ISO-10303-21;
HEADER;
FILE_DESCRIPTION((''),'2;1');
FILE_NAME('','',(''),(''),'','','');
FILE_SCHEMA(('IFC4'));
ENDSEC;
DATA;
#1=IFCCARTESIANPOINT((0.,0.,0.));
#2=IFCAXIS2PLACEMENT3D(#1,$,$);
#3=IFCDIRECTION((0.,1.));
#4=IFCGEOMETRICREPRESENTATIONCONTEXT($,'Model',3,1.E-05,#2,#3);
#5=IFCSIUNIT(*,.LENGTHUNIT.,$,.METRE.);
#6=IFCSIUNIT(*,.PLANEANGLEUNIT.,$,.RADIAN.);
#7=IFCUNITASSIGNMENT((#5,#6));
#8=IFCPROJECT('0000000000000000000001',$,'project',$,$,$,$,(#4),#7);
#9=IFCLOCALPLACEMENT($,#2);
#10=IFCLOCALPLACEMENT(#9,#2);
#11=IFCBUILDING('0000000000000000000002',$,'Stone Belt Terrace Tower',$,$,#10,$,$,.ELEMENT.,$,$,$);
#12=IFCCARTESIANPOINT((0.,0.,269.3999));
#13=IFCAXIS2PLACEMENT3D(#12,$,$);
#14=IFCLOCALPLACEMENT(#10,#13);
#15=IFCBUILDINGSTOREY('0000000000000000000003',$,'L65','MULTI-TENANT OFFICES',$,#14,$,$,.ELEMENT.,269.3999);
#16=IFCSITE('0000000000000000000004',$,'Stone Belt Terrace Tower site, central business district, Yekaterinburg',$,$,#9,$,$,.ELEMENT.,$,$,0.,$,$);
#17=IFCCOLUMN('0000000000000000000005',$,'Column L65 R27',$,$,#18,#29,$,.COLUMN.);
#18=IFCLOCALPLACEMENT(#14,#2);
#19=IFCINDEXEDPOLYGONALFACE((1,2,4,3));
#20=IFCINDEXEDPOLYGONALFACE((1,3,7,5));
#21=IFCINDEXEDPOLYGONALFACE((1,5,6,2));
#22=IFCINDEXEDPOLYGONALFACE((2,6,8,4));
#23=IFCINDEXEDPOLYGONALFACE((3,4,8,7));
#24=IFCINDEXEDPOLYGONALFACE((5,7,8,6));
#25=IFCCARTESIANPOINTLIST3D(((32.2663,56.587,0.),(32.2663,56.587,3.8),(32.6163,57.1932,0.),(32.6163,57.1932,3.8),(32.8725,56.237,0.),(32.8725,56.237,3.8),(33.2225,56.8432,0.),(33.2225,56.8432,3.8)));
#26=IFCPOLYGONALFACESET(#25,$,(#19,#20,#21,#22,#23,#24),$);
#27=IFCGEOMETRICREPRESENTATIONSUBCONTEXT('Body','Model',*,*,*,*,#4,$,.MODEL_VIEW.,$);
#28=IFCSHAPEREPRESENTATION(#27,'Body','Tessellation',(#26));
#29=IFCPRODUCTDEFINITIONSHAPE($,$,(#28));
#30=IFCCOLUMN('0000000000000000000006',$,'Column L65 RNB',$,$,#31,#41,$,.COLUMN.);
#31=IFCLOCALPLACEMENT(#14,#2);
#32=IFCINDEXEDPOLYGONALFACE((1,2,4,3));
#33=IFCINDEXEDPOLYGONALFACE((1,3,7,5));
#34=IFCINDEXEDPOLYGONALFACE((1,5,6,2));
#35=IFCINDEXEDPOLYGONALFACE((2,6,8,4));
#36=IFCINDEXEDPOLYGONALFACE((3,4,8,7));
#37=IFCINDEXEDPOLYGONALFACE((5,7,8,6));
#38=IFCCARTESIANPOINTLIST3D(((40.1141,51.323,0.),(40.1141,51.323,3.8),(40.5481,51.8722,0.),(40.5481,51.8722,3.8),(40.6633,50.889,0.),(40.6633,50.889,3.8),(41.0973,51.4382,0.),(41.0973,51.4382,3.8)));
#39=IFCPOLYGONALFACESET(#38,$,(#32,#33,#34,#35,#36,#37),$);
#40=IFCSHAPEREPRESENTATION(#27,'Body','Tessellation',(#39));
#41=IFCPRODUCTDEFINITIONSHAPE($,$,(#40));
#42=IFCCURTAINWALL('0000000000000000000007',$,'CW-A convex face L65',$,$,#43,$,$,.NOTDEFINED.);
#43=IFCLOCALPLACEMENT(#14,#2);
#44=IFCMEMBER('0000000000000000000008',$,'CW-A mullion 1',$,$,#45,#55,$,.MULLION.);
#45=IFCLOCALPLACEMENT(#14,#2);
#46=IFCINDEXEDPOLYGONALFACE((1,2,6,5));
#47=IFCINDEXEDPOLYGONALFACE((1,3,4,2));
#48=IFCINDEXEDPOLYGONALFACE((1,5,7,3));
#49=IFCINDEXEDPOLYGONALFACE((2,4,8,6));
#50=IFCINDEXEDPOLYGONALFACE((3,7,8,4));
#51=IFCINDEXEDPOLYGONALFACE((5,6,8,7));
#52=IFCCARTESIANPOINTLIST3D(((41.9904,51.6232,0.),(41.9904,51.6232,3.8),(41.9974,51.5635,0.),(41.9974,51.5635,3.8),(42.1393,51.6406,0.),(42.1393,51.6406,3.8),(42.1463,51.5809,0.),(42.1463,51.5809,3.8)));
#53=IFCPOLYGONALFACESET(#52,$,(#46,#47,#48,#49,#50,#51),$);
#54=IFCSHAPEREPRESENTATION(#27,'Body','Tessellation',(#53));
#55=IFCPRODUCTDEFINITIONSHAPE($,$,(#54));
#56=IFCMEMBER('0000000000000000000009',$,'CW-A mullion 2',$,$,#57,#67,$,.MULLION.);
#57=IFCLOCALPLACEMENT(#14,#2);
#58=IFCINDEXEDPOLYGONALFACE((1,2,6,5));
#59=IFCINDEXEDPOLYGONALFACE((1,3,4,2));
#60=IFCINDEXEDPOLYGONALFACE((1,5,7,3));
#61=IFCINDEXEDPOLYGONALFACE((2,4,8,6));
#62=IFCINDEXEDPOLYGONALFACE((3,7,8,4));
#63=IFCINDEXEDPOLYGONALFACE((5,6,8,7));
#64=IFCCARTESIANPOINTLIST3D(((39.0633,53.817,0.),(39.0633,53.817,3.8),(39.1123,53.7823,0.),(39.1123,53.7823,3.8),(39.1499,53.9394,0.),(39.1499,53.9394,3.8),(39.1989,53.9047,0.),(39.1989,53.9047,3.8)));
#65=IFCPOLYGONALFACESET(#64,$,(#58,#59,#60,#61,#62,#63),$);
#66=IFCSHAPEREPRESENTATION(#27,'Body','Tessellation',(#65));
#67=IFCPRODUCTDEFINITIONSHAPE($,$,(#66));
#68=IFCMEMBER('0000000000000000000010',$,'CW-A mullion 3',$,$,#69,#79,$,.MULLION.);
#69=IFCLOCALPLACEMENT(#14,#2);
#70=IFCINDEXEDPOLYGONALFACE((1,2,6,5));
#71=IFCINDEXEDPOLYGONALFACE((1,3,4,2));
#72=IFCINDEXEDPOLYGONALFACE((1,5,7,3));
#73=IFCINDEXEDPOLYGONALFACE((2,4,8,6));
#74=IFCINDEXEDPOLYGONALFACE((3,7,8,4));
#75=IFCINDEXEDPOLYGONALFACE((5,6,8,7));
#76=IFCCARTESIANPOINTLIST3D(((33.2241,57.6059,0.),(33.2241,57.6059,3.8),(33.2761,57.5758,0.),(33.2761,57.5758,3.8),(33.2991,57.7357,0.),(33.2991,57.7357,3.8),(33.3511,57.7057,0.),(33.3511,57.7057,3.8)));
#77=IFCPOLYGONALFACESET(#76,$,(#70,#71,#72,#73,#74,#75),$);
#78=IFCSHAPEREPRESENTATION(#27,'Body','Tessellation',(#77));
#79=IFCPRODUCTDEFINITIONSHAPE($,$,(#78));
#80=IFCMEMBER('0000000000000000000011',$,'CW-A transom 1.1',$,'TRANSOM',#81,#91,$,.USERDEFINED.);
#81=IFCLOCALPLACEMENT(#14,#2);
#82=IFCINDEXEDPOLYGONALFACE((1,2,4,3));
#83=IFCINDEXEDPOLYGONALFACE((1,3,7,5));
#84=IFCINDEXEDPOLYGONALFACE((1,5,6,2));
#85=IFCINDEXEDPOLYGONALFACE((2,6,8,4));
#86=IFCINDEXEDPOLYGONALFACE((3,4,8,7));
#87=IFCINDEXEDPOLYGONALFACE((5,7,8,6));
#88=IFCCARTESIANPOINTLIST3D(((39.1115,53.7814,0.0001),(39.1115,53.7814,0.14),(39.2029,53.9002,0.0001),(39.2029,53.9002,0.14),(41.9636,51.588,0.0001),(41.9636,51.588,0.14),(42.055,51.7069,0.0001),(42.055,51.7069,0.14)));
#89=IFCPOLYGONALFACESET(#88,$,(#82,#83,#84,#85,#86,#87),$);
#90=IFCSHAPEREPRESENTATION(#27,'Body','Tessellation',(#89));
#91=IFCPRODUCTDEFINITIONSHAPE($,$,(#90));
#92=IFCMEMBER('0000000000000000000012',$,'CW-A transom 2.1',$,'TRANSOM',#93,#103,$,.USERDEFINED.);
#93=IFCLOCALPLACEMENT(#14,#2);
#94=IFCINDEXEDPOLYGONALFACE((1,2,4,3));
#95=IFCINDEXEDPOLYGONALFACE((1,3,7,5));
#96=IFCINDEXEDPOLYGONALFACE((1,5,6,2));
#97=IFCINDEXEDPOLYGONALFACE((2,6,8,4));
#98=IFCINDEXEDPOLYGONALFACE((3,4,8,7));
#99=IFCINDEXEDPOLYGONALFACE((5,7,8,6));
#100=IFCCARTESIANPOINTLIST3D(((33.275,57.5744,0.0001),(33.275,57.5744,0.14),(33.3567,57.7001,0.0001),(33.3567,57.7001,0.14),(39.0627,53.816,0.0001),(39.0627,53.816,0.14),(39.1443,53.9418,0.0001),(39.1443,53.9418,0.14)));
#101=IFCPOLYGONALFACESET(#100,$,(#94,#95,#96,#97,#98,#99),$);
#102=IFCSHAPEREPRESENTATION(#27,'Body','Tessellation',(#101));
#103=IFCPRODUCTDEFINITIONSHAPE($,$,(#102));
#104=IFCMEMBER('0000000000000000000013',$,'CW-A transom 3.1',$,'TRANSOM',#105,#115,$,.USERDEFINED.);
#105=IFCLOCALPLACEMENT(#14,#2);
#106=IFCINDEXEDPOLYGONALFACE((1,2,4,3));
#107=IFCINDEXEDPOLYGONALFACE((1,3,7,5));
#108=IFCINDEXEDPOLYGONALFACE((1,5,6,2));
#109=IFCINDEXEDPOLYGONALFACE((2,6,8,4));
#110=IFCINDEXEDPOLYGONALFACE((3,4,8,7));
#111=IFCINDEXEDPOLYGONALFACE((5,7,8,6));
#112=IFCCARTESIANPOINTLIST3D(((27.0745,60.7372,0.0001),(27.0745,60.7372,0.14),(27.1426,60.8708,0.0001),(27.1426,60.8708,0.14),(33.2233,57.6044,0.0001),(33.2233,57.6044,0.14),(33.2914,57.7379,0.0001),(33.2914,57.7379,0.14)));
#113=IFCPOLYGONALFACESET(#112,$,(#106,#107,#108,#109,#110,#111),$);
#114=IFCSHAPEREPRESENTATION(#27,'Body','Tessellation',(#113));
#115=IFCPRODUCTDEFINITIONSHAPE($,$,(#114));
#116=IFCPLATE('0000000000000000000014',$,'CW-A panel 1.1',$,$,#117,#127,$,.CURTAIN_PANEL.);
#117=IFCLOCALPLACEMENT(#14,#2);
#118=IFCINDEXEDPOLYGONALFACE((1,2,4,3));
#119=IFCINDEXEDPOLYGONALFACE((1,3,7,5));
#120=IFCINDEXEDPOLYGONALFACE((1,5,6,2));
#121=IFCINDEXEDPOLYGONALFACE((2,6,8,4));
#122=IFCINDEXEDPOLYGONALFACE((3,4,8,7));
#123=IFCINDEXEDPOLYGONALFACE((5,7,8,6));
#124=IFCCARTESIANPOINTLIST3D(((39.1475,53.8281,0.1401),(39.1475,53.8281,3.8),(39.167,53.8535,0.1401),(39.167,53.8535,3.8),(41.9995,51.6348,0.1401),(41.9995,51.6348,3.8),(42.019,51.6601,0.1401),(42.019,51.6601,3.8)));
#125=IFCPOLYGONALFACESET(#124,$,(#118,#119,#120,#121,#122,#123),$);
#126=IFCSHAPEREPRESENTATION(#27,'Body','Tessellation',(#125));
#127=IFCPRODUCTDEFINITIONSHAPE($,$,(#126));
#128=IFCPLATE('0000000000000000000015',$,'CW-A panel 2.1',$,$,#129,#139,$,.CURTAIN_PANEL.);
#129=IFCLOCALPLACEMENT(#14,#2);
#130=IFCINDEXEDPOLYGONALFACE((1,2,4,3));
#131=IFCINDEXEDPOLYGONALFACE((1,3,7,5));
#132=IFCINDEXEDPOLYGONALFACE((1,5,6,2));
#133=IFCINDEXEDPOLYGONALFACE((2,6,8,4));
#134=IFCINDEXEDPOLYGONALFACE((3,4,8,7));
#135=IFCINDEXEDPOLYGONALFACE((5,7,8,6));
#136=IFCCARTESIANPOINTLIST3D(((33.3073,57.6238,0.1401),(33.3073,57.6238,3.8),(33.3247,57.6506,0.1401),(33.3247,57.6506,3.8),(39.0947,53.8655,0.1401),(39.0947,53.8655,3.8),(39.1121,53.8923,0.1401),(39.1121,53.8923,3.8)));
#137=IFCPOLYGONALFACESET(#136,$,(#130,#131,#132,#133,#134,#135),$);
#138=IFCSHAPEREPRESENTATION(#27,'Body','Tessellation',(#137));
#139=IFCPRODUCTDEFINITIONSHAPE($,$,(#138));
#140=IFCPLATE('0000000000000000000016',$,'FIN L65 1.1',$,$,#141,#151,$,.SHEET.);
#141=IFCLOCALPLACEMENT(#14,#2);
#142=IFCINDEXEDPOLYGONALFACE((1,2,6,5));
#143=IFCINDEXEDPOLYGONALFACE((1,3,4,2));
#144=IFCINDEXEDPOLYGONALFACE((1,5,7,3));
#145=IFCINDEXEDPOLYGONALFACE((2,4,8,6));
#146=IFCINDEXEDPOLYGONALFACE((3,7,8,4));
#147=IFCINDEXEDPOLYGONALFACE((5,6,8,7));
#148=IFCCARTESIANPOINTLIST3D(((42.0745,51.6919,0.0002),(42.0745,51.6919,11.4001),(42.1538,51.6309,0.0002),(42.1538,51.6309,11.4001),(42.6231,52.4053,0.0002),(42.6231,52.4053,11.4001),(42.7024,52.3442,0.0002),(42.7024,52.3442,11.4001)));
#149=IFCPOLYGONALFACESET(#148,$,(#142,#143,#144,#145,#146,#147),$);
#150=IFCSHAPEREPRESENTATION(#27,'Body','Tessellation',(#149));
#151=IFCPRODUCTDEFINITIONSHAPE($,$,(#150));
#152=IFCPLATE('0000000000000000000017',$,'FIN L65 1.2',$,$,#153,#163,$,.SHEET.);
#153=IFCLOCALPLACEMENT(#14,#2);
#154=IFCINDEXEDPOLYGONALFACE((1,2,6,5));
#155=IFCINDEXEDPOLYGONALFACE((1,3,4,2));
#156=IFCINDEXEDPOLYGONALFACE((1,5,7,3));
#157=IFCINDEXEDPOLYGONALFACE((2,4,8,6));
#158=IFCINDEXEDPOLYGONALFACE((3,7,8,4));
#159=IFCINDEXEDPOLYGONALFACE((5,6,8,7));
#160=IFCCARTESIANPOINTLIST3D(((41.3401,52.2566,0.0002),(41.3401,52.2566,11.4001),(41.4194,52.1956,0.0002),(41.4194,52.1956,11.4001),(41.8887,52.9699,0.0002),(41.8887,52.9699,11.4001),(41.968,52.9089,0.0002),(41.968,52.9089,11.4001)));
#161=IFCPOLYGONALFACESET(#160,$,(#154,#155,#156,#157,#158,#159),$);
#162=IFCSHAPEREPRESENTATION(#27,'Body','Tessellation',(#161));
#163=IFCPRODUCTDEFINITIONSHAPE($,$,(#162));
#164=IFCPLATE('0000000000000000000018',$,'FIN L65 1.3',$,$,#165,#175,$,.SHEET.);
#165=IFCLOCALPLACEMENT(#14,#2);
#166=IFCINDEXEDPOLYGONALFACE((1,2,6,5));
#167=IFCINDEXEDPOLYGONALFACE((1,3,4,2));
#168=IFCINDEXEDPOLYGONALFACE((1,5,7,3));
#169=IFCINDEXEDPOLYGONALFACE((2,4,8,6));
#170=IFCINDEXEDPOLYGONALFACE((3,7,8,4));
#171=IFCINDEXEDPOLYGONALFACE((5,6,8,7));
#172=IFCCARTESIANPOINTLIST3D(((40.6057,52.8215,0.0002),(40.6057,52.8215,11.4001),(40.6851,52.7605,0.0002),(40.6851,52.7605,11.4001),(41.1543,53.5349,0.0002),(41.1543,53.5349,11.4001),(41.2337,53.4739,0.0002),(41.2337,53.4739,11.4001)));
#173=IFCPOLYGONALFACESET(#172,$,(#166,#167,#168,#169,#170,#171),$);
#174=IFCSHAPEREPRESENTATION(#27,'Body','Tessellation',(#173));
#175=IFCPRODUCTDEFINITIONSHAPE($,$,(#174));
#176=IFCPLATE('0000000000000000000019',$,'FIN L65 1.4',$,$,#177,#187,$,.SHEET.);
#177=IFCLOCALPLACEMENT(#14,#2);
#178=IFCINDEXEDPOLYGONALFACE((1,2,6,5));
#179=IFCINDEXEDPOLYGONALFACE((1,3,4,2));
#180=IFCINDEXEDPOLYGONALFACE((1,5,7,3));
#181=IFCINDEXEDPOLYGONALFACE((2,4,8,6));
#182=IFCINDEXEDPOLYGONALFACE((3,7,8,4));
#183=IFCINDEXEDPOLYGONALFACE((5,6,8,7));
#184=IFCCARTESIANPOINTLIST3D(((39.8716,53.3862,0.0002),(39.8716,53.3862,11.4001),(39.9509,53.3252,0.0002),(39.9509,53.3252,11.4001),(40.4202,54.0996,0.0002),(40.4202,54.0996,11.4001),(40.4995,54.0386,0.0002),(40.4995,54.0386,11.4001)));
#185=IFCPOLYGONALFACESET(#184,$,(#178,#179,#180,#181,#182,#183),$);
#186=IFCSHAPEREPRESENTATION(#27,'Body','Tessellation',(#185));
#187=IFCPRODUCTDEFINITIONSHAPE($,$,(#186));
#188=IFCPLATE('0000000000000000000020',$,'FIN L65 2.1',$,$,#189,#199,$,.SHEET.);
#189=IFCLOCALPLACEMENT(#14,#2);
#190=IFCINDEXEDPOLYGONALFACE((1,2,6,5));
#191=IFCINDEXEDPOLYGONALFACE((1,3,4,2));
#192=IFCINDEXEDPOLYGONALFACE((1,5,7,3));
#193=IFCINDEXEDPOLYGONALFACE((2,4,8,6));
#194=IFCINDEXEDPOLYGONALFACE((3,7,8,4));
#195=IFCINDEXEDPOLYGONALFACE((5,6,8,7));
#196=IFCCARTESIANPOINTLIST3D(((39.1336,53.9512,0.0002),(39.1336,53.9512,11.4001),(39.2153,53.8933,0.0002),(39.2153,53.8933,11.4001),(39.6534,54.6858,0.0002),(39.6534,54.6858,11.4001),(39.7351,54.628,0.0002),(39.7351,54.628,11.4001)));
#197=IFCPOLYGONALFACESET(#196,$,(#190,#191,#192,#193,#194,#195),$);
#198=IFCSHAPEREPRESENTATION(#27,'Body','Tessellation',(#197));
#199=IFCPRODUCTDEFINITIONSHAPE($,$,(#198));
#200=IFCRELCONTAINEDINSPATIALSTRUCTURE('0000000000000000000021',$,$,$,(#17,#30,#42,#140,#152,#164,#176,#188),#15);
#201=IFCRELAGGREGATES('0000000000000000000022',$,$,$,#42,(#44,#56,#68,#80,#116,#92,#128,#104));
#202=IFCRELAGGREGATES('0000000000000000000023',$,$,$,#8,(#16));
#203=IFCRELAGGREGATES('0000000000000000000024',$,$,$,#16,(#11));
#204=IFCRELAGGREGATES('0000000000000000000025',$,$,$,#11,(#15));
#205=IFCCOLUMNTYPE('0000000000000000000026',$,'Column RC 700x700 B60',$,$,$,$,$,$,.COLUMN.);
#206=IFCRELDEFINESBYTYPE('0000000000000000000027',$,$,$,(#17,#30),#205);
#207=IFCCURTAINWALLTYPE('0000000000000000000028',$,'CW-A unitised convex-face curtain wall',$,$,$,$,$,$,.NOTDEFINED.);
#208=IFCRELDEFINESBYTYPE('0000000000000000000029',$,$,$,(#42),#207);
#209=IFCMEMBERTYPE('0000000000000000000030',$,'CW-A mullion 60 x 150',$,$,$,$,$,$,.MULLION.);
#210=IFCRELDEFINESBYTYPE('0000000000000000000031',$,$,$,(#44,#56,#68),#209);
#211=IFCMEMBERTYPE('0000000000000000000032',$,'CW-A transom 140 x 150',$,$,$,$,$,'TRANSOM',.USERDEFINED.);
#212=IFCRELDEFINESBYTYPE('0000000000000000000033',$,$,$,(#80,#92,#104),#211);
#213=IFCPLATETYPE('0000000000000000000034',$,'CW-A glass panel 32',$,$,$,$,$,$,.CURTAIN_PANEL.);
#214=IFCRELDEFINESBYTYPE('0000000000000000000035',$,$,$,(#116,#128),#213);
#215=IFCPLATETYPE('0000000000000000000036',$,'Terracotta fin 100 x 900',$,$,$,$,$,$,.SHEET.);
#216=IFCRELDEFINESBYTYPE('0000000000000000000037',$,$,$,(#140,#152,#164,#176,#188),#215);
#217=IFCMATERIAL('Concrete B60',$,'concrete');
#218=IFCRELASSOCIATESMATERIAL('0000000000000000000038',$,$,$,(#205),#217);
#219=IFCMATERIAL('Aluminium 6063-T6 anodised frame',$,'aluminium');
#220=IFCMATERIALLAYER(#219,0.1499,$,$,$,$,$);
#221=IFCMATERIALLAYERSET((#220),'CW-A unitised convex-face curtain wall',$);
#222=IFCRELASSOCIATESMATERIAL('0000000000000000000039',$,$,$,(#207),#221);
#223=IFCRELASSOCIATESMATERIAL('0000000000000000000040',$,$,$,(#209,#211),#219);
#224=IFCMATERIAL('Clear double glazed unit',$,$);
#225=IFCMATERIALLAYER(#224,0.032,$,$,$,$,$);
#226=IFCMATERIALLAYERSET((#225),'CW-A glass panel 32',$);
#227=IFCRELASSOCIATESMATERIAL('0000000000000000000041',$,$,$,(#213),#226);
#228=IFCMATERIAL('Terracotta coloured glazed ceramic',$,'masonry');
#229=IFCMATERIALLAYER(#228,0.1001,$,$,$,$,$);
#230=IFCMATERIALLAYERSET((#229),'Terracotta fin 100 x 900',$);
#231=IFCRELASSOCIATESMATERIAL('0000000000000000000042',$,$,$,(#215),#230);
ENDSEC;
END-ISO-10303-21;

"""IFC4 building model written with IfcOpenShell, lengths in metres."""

from ifc_helpers import new_model, si_unit, direction, frame, origin, origin_2d, place, context, subcontext, project, spatial, rectangle, extrude, material, layer, layer_set, material_profile, profile_set, type_object, element, aggregate, save


model = new_model("IFC4")

# Units and contexts
model_context = context("Model", 3, precision=1e-05, world=origin(), true_north=direction((0.0, 1.0)))
body_context = subcontext(model_context, "Body", "Model", "MODEL_VIEW")
ifc_project = project(units=[si_unit("LENGTHUNIT", "METRE"), si_unit("PLANEANGLEUNIT", "RADIAN")], contexts=[model_context])

# Site, building, storey
site_placement = place(None, origin())
site = spatial("IfcSite", under=ifc_project, at=site_placement, Name="Stone Belt Terrace Tower site, central business district, Yekaterinburg", CompositionType="ELEMENT", RefElevation=0.0)
building_placement = place(site_placement, origin())
building = spatial("IfcBuilding", under=site, at=building_placement, Name="Stone Belt Terrace Tower", CompositionType="ELEMENT")
storey_placement = place(building_placement, frame((0.0, 0.0, 269.3999)))
storey = spatial("IfcBuildingStorey", under=building, at=storey_placement, Name="L65", Description="MULTI-TENANT OFFICES", CompositionType="ELEMENT", Elevation=269.3999)

# Columns
ifc_material_1 = material(Name="Concrete B60", Category="concrete")
ifc_material_profile_1 = material_profile(ifc_material_1, rectangle(XDim=0.7, YDim=0.7, at=origin_2d()), Name="RC 700x700")
ifc_profile_set_1 = profile_set([ifc_material_profile_1], Name="Concrete B60")
column_type = type_object("IfcColumnType", Name="Column RC 700x700 B60", PredefinedType="COLUMN", material=ifc_profile_set_1)
for number, where, z_axis, x_axis, name in (
    (1, (32.7444, 56.7151, 0.0), (0.0, 0.0, 1.0), (0.866025, -0.5, 0.0), "Column L65 R27"),
    (2, (40.6057, 51.3806, 0.0), (0.0, 0.0, 1.0), (0.78457, -0.620041, 0.0), "Column L65 RNB"),
):
    element("IfcColumn", number, at=place(storey_placement, frame(where, z_axis=z_axis, x_axis=x_axis)), inside=storey, type_object=column_type, Name=name, PredefinedType="COLUMN", context=body_context, shape_type="SweptSolid", body=[
        extrude(rectangle(XDim=0.7, YDim=0.7, at=origin_2d()), origin(), (0.0, 0.0, 1.0), 3.8),
    ])

# Curtain wall, members, plates
ifc_material_2 = material(Name="Aluminium 6063-T6 anodised frame", Category="aluminium")
ifc_layer_1 = layer(ifc_material_2, 0.1499)
ifc_layer_set_1 = layer_set([ifc_layer_1], Name="CW-A unitised convex-face curtain wall")
curtain_wall_type = type_object("IfcCurtainWallType", Name="CW-A unitised convex-face curtain wall", PredefinedType="NOTDEFINED", material=ifc_layer_set_1)
curtain_wall_placement = place(storey_placement, origin())
curtain_wall = element("IfcCurtainWall", 3, at=curtain_wall_placement, inside=storey, type_object=curtain_wall_type, Name="CW-A convex face L65", PredefinedType="NOTDEFINED")
ifc_material_profile_2 = material_profile(ifc_material_2, rectangle(XDim=0.1499, YDim=0.0601, at=origin_2d()), Name="Aluminium 6063-T6 60x150")
ifc_profile_set_2 = profile_set([ifc_material_profile_2], Name="Aluminium 6063-T6 anodised frame")
member_type_1 = type_object("IfcMemberType", Name="CW-A mullion 60 x 150", PredefinedType="MULLION", material=ifc_profile_set_2)
member_1_placement = place(storey_placement, frame((42.0684, 51.6021, 0.0), z_axis=(0.0, 0.0, 1.0), x_axis=(-0.993258, -0.115925, 0.0)))
member_1 = element("IfcMember", 4, at=member_1_placement, type_object=member_type_1, Name="CW-A mullion 1", PredefinedType="MULLION", context=body_context, shape_type="SweptSolid", body=[
    extrude(rectangle(XDim=0.1499, YDim=0.0601, at=origin_2d()), origin(), (0.0, 0.0, 1.0), 3.8),
])
member_2_placement = place(storey_placement, frame((39.1311, 53.8608, 0.0), z_axis=(0.0, 0.0, 1.0), x_axis=(-0.577587, -0.816329, 0.0)))
member_2 = element("IfcMember", 5, at=member_2_placement, type_object=member_type_1, Name="CW-A mullion 2", PredefinedType="MULLION", context=body_context, shape_type="SweptSolid", body=[
    extrude(rectangle(XDim=0.1499, YDim=0.0601, at=origin_2d()), origin(), (0.0, 0.0, 1.0), 3.8),
])
member_3_placement = place(storey_placement, frame((33.2876, 57.6558, 0.0), z_axis=(0.0, 0.0, 1.0), x_axis=(-0.5, -0.866025, 0.0)))
member_3 = element("IfcMember", 6, at=member_3_placement, type_object=member_type_1, Name="CW-A mullion 3", PredefinedType="MULLION", context=body_context, shape_type="SweptSolid", body=[
    extrude(rectangle(XDim=0.1499, YDim=0.0601, at=origin_2d()), origin(), (0.0, 0.0, 1.0), 3.8),
])
ifc_material_profile_3 = material_profile(ifc_material_2, rectangle(XDim=0.1499, YDim=0.1399, at=origin_2d()), Name="Aluminium 6063-T6 150x140")
ifc_profile_set_3 = profile_set([ifc_material_profile_3], Name="Aluminium 6063-T6 anodised frame")
member_type_2 = type_object("IfcMemberType", Name="CW-A transom 140 x 150", ElementType="TRANSOM", PredefinedType="USERDEFINED", material=ifc_profile_set_3)
member_4_placement = place(storey_placement, frame((42.0093, 51.6475, 0.0701), z_axis=(-0.792695, 0.609619, 0.0), x_axis=(-0.609619, -0.792695, 0.0)))
member_4 = element("IfcMember", 7, at=member_4_placement, type_object=member_type_2, Name="CW-A transom 1.1", ObjectType="TRANSOM", PredefinedType="USERDEFINED", context=body_context, shape_type="SweptSolid", body=[
    extrude(rectangle(XDim=0.1499, YDim=0.1399, at=origin_2d()), origin(), (0.0, 0.0, 1.0), 3.5979),
])
member_5_placement = place(storey_placement, frame((39.1035, 53.8789, 0.0701), z_axis=(-0.838684, 0.544618, 0.0), x_axis=(-0.544618, -0.838684, 0.0)))
member_5 = element("IfcMember", 8, at=member_5_placement, type_object=member_type_2, Name="CW-A transom 2.1", ObjectType="TRANSOM", PredefinedType="USERDEFINED", context=body_context, shape_type="SweptSolid", body=[
    extrude(rectangle(XDim=0.1499, YDim=0.1399, at=origin_2d()), origin(), (0.0, 0.0, 1.0), 6.9009),
])
member_6_placement = place(storey_placement, frame((33.2573, 57.6711, 0.0701), z_axis=(-0.891012, 0.453979, 0.0), x_axis=(-0.453979, -0.891012, 0.0)))
member_6 = element("IfcMember", 9, at=member_6_placement, type_object=member_type_2, Name="CW-A transom 3.1", ObjectType="TRANSOM", PredefinedType="USERDEFINED", context=body_context, shape_type="SweptSolid", body=[
    extrude(rectangle(XDim=0.1499, YDim=0.1399, at=origin_2d()), origin(), (0.0, 0.0, 1.0), 6.9009),
])
ifc_material_3 = material(Name="Clear double glazed unit")
ifc_layer_2 = layer(ifc_material_3, 0.032)
ifc_layer_set_2 = layer_set([ifc_layer_2], Name="CW-A glass panel 32")
plate_type_1 = type_object("IfcPlateType", Name="CW-A glass panel 32", PredefinedType="CURTAIN_PANEL", material=ifc_layer_set_2)
plate_1_placement = place(storey_placement, frame((40.5833, 52.7441, 0.1401), z_axis=(0.0, 0.0, 1.0), x_axis=(-0.792694, 0.60962, 0.0)))
plate_1 = element("IfcPlate", 10, at=plate_1_placement, type_object=plate_type_1, Name="CW-A panel 1.1", PredefinedType="CURTAIN_PANEL", context=body_context, shape_type="SweptSolid", body=[
    extrude(rectangle(XDim=3.5979, YDim=0.032, at=origin_2d()), origin(), (0.0, 0.0, 1.0), 3.6599),
])
plate_2_placement = place(storey_placement, frame((36.2097, 55.7581, 0.1401), z_axis=(0.0, 0.0, 1.0), x_axis=(-0.838671, 0.544639, 0.0)))
plate_2 = element("IfcPlate", 11, at=plate_2_placement, type_object=plate_type_1, Name="CW-A panel 2.1", PredefinedType="CURTAIN_PANEL", context=body_context, shape_type="SweptSolid", body=[
    extrude(rectangle(XDim=6.9006, YDim=0.032, at=origin_2d()), origin(), (0.0, 0.0, 1.0), 3.6599),
])
aggregate(curtain_wall, [member_1, member_2, member_3, member_4, plate_1, member_5, plate_2, member_6])

# Plates
ifc_material_4 = material(Name="Terracotta coloured glazed ceramic", Category="masonry")
ifc_layer_3 = layer(ifc_material_4, 0.1001)
ifc_layer_set_3 = layer_set([ifc_layer_3], Name="Terracotta fin 100 x 900")
plate_type_2 = type_object("IfcPlateType", Name="Terracotta fin 100 x 900", PredefinedType="SHEET", material=ifc_layer_set_3)
for number, where, z_axis, x_axis, name in (
    (12, (42.3884, 52.0181, 0.0002), (0.0, 0.0, 1.0), (0.60962, 0.792694, 0.0), "FIN L65 1.1"),
    (13, (41.6541, 52.5828, 0.0002), (0.0, 0.0, 1.0), (0.60962, 0.792694, 0.0), "FIN L65 1.2"),
    (14, (40.9197, 53.1477, 0.0002), (0.0, 0.0, 1.0), (0.60962, 0.792694, 0.0), "FIN L65 1.3"),
    (15, (40.1855, 53.7124, 0.0002), (0.0, 0.0, 1.0), (0.60962, 0.792694, 0.0), "FIN L65 1.4"),
    (16, (39.4343, 54.2896, 0.0002), (0.0, 0.0, 1.0), (0.577587, 0.816329, 0.0), "FIN L65 2.1"),
):
    element("IfcPlate", number, at=place(storey_placement, frame(where, z_axis=z_axis, x_axis=x_axis)), inside=storey, type_object=plate_type_2, Name=name, PredefinedType="SHEET", context=body_context, shape_type="SweptSolid", body=[
        extrude(rectangle(XDim=0.8999, YDim=0.1001, at=origin_2d()), origin(), (0.0, 0.0, 1.0), 11.3999),
    ])

save(model, "model.ifc")
